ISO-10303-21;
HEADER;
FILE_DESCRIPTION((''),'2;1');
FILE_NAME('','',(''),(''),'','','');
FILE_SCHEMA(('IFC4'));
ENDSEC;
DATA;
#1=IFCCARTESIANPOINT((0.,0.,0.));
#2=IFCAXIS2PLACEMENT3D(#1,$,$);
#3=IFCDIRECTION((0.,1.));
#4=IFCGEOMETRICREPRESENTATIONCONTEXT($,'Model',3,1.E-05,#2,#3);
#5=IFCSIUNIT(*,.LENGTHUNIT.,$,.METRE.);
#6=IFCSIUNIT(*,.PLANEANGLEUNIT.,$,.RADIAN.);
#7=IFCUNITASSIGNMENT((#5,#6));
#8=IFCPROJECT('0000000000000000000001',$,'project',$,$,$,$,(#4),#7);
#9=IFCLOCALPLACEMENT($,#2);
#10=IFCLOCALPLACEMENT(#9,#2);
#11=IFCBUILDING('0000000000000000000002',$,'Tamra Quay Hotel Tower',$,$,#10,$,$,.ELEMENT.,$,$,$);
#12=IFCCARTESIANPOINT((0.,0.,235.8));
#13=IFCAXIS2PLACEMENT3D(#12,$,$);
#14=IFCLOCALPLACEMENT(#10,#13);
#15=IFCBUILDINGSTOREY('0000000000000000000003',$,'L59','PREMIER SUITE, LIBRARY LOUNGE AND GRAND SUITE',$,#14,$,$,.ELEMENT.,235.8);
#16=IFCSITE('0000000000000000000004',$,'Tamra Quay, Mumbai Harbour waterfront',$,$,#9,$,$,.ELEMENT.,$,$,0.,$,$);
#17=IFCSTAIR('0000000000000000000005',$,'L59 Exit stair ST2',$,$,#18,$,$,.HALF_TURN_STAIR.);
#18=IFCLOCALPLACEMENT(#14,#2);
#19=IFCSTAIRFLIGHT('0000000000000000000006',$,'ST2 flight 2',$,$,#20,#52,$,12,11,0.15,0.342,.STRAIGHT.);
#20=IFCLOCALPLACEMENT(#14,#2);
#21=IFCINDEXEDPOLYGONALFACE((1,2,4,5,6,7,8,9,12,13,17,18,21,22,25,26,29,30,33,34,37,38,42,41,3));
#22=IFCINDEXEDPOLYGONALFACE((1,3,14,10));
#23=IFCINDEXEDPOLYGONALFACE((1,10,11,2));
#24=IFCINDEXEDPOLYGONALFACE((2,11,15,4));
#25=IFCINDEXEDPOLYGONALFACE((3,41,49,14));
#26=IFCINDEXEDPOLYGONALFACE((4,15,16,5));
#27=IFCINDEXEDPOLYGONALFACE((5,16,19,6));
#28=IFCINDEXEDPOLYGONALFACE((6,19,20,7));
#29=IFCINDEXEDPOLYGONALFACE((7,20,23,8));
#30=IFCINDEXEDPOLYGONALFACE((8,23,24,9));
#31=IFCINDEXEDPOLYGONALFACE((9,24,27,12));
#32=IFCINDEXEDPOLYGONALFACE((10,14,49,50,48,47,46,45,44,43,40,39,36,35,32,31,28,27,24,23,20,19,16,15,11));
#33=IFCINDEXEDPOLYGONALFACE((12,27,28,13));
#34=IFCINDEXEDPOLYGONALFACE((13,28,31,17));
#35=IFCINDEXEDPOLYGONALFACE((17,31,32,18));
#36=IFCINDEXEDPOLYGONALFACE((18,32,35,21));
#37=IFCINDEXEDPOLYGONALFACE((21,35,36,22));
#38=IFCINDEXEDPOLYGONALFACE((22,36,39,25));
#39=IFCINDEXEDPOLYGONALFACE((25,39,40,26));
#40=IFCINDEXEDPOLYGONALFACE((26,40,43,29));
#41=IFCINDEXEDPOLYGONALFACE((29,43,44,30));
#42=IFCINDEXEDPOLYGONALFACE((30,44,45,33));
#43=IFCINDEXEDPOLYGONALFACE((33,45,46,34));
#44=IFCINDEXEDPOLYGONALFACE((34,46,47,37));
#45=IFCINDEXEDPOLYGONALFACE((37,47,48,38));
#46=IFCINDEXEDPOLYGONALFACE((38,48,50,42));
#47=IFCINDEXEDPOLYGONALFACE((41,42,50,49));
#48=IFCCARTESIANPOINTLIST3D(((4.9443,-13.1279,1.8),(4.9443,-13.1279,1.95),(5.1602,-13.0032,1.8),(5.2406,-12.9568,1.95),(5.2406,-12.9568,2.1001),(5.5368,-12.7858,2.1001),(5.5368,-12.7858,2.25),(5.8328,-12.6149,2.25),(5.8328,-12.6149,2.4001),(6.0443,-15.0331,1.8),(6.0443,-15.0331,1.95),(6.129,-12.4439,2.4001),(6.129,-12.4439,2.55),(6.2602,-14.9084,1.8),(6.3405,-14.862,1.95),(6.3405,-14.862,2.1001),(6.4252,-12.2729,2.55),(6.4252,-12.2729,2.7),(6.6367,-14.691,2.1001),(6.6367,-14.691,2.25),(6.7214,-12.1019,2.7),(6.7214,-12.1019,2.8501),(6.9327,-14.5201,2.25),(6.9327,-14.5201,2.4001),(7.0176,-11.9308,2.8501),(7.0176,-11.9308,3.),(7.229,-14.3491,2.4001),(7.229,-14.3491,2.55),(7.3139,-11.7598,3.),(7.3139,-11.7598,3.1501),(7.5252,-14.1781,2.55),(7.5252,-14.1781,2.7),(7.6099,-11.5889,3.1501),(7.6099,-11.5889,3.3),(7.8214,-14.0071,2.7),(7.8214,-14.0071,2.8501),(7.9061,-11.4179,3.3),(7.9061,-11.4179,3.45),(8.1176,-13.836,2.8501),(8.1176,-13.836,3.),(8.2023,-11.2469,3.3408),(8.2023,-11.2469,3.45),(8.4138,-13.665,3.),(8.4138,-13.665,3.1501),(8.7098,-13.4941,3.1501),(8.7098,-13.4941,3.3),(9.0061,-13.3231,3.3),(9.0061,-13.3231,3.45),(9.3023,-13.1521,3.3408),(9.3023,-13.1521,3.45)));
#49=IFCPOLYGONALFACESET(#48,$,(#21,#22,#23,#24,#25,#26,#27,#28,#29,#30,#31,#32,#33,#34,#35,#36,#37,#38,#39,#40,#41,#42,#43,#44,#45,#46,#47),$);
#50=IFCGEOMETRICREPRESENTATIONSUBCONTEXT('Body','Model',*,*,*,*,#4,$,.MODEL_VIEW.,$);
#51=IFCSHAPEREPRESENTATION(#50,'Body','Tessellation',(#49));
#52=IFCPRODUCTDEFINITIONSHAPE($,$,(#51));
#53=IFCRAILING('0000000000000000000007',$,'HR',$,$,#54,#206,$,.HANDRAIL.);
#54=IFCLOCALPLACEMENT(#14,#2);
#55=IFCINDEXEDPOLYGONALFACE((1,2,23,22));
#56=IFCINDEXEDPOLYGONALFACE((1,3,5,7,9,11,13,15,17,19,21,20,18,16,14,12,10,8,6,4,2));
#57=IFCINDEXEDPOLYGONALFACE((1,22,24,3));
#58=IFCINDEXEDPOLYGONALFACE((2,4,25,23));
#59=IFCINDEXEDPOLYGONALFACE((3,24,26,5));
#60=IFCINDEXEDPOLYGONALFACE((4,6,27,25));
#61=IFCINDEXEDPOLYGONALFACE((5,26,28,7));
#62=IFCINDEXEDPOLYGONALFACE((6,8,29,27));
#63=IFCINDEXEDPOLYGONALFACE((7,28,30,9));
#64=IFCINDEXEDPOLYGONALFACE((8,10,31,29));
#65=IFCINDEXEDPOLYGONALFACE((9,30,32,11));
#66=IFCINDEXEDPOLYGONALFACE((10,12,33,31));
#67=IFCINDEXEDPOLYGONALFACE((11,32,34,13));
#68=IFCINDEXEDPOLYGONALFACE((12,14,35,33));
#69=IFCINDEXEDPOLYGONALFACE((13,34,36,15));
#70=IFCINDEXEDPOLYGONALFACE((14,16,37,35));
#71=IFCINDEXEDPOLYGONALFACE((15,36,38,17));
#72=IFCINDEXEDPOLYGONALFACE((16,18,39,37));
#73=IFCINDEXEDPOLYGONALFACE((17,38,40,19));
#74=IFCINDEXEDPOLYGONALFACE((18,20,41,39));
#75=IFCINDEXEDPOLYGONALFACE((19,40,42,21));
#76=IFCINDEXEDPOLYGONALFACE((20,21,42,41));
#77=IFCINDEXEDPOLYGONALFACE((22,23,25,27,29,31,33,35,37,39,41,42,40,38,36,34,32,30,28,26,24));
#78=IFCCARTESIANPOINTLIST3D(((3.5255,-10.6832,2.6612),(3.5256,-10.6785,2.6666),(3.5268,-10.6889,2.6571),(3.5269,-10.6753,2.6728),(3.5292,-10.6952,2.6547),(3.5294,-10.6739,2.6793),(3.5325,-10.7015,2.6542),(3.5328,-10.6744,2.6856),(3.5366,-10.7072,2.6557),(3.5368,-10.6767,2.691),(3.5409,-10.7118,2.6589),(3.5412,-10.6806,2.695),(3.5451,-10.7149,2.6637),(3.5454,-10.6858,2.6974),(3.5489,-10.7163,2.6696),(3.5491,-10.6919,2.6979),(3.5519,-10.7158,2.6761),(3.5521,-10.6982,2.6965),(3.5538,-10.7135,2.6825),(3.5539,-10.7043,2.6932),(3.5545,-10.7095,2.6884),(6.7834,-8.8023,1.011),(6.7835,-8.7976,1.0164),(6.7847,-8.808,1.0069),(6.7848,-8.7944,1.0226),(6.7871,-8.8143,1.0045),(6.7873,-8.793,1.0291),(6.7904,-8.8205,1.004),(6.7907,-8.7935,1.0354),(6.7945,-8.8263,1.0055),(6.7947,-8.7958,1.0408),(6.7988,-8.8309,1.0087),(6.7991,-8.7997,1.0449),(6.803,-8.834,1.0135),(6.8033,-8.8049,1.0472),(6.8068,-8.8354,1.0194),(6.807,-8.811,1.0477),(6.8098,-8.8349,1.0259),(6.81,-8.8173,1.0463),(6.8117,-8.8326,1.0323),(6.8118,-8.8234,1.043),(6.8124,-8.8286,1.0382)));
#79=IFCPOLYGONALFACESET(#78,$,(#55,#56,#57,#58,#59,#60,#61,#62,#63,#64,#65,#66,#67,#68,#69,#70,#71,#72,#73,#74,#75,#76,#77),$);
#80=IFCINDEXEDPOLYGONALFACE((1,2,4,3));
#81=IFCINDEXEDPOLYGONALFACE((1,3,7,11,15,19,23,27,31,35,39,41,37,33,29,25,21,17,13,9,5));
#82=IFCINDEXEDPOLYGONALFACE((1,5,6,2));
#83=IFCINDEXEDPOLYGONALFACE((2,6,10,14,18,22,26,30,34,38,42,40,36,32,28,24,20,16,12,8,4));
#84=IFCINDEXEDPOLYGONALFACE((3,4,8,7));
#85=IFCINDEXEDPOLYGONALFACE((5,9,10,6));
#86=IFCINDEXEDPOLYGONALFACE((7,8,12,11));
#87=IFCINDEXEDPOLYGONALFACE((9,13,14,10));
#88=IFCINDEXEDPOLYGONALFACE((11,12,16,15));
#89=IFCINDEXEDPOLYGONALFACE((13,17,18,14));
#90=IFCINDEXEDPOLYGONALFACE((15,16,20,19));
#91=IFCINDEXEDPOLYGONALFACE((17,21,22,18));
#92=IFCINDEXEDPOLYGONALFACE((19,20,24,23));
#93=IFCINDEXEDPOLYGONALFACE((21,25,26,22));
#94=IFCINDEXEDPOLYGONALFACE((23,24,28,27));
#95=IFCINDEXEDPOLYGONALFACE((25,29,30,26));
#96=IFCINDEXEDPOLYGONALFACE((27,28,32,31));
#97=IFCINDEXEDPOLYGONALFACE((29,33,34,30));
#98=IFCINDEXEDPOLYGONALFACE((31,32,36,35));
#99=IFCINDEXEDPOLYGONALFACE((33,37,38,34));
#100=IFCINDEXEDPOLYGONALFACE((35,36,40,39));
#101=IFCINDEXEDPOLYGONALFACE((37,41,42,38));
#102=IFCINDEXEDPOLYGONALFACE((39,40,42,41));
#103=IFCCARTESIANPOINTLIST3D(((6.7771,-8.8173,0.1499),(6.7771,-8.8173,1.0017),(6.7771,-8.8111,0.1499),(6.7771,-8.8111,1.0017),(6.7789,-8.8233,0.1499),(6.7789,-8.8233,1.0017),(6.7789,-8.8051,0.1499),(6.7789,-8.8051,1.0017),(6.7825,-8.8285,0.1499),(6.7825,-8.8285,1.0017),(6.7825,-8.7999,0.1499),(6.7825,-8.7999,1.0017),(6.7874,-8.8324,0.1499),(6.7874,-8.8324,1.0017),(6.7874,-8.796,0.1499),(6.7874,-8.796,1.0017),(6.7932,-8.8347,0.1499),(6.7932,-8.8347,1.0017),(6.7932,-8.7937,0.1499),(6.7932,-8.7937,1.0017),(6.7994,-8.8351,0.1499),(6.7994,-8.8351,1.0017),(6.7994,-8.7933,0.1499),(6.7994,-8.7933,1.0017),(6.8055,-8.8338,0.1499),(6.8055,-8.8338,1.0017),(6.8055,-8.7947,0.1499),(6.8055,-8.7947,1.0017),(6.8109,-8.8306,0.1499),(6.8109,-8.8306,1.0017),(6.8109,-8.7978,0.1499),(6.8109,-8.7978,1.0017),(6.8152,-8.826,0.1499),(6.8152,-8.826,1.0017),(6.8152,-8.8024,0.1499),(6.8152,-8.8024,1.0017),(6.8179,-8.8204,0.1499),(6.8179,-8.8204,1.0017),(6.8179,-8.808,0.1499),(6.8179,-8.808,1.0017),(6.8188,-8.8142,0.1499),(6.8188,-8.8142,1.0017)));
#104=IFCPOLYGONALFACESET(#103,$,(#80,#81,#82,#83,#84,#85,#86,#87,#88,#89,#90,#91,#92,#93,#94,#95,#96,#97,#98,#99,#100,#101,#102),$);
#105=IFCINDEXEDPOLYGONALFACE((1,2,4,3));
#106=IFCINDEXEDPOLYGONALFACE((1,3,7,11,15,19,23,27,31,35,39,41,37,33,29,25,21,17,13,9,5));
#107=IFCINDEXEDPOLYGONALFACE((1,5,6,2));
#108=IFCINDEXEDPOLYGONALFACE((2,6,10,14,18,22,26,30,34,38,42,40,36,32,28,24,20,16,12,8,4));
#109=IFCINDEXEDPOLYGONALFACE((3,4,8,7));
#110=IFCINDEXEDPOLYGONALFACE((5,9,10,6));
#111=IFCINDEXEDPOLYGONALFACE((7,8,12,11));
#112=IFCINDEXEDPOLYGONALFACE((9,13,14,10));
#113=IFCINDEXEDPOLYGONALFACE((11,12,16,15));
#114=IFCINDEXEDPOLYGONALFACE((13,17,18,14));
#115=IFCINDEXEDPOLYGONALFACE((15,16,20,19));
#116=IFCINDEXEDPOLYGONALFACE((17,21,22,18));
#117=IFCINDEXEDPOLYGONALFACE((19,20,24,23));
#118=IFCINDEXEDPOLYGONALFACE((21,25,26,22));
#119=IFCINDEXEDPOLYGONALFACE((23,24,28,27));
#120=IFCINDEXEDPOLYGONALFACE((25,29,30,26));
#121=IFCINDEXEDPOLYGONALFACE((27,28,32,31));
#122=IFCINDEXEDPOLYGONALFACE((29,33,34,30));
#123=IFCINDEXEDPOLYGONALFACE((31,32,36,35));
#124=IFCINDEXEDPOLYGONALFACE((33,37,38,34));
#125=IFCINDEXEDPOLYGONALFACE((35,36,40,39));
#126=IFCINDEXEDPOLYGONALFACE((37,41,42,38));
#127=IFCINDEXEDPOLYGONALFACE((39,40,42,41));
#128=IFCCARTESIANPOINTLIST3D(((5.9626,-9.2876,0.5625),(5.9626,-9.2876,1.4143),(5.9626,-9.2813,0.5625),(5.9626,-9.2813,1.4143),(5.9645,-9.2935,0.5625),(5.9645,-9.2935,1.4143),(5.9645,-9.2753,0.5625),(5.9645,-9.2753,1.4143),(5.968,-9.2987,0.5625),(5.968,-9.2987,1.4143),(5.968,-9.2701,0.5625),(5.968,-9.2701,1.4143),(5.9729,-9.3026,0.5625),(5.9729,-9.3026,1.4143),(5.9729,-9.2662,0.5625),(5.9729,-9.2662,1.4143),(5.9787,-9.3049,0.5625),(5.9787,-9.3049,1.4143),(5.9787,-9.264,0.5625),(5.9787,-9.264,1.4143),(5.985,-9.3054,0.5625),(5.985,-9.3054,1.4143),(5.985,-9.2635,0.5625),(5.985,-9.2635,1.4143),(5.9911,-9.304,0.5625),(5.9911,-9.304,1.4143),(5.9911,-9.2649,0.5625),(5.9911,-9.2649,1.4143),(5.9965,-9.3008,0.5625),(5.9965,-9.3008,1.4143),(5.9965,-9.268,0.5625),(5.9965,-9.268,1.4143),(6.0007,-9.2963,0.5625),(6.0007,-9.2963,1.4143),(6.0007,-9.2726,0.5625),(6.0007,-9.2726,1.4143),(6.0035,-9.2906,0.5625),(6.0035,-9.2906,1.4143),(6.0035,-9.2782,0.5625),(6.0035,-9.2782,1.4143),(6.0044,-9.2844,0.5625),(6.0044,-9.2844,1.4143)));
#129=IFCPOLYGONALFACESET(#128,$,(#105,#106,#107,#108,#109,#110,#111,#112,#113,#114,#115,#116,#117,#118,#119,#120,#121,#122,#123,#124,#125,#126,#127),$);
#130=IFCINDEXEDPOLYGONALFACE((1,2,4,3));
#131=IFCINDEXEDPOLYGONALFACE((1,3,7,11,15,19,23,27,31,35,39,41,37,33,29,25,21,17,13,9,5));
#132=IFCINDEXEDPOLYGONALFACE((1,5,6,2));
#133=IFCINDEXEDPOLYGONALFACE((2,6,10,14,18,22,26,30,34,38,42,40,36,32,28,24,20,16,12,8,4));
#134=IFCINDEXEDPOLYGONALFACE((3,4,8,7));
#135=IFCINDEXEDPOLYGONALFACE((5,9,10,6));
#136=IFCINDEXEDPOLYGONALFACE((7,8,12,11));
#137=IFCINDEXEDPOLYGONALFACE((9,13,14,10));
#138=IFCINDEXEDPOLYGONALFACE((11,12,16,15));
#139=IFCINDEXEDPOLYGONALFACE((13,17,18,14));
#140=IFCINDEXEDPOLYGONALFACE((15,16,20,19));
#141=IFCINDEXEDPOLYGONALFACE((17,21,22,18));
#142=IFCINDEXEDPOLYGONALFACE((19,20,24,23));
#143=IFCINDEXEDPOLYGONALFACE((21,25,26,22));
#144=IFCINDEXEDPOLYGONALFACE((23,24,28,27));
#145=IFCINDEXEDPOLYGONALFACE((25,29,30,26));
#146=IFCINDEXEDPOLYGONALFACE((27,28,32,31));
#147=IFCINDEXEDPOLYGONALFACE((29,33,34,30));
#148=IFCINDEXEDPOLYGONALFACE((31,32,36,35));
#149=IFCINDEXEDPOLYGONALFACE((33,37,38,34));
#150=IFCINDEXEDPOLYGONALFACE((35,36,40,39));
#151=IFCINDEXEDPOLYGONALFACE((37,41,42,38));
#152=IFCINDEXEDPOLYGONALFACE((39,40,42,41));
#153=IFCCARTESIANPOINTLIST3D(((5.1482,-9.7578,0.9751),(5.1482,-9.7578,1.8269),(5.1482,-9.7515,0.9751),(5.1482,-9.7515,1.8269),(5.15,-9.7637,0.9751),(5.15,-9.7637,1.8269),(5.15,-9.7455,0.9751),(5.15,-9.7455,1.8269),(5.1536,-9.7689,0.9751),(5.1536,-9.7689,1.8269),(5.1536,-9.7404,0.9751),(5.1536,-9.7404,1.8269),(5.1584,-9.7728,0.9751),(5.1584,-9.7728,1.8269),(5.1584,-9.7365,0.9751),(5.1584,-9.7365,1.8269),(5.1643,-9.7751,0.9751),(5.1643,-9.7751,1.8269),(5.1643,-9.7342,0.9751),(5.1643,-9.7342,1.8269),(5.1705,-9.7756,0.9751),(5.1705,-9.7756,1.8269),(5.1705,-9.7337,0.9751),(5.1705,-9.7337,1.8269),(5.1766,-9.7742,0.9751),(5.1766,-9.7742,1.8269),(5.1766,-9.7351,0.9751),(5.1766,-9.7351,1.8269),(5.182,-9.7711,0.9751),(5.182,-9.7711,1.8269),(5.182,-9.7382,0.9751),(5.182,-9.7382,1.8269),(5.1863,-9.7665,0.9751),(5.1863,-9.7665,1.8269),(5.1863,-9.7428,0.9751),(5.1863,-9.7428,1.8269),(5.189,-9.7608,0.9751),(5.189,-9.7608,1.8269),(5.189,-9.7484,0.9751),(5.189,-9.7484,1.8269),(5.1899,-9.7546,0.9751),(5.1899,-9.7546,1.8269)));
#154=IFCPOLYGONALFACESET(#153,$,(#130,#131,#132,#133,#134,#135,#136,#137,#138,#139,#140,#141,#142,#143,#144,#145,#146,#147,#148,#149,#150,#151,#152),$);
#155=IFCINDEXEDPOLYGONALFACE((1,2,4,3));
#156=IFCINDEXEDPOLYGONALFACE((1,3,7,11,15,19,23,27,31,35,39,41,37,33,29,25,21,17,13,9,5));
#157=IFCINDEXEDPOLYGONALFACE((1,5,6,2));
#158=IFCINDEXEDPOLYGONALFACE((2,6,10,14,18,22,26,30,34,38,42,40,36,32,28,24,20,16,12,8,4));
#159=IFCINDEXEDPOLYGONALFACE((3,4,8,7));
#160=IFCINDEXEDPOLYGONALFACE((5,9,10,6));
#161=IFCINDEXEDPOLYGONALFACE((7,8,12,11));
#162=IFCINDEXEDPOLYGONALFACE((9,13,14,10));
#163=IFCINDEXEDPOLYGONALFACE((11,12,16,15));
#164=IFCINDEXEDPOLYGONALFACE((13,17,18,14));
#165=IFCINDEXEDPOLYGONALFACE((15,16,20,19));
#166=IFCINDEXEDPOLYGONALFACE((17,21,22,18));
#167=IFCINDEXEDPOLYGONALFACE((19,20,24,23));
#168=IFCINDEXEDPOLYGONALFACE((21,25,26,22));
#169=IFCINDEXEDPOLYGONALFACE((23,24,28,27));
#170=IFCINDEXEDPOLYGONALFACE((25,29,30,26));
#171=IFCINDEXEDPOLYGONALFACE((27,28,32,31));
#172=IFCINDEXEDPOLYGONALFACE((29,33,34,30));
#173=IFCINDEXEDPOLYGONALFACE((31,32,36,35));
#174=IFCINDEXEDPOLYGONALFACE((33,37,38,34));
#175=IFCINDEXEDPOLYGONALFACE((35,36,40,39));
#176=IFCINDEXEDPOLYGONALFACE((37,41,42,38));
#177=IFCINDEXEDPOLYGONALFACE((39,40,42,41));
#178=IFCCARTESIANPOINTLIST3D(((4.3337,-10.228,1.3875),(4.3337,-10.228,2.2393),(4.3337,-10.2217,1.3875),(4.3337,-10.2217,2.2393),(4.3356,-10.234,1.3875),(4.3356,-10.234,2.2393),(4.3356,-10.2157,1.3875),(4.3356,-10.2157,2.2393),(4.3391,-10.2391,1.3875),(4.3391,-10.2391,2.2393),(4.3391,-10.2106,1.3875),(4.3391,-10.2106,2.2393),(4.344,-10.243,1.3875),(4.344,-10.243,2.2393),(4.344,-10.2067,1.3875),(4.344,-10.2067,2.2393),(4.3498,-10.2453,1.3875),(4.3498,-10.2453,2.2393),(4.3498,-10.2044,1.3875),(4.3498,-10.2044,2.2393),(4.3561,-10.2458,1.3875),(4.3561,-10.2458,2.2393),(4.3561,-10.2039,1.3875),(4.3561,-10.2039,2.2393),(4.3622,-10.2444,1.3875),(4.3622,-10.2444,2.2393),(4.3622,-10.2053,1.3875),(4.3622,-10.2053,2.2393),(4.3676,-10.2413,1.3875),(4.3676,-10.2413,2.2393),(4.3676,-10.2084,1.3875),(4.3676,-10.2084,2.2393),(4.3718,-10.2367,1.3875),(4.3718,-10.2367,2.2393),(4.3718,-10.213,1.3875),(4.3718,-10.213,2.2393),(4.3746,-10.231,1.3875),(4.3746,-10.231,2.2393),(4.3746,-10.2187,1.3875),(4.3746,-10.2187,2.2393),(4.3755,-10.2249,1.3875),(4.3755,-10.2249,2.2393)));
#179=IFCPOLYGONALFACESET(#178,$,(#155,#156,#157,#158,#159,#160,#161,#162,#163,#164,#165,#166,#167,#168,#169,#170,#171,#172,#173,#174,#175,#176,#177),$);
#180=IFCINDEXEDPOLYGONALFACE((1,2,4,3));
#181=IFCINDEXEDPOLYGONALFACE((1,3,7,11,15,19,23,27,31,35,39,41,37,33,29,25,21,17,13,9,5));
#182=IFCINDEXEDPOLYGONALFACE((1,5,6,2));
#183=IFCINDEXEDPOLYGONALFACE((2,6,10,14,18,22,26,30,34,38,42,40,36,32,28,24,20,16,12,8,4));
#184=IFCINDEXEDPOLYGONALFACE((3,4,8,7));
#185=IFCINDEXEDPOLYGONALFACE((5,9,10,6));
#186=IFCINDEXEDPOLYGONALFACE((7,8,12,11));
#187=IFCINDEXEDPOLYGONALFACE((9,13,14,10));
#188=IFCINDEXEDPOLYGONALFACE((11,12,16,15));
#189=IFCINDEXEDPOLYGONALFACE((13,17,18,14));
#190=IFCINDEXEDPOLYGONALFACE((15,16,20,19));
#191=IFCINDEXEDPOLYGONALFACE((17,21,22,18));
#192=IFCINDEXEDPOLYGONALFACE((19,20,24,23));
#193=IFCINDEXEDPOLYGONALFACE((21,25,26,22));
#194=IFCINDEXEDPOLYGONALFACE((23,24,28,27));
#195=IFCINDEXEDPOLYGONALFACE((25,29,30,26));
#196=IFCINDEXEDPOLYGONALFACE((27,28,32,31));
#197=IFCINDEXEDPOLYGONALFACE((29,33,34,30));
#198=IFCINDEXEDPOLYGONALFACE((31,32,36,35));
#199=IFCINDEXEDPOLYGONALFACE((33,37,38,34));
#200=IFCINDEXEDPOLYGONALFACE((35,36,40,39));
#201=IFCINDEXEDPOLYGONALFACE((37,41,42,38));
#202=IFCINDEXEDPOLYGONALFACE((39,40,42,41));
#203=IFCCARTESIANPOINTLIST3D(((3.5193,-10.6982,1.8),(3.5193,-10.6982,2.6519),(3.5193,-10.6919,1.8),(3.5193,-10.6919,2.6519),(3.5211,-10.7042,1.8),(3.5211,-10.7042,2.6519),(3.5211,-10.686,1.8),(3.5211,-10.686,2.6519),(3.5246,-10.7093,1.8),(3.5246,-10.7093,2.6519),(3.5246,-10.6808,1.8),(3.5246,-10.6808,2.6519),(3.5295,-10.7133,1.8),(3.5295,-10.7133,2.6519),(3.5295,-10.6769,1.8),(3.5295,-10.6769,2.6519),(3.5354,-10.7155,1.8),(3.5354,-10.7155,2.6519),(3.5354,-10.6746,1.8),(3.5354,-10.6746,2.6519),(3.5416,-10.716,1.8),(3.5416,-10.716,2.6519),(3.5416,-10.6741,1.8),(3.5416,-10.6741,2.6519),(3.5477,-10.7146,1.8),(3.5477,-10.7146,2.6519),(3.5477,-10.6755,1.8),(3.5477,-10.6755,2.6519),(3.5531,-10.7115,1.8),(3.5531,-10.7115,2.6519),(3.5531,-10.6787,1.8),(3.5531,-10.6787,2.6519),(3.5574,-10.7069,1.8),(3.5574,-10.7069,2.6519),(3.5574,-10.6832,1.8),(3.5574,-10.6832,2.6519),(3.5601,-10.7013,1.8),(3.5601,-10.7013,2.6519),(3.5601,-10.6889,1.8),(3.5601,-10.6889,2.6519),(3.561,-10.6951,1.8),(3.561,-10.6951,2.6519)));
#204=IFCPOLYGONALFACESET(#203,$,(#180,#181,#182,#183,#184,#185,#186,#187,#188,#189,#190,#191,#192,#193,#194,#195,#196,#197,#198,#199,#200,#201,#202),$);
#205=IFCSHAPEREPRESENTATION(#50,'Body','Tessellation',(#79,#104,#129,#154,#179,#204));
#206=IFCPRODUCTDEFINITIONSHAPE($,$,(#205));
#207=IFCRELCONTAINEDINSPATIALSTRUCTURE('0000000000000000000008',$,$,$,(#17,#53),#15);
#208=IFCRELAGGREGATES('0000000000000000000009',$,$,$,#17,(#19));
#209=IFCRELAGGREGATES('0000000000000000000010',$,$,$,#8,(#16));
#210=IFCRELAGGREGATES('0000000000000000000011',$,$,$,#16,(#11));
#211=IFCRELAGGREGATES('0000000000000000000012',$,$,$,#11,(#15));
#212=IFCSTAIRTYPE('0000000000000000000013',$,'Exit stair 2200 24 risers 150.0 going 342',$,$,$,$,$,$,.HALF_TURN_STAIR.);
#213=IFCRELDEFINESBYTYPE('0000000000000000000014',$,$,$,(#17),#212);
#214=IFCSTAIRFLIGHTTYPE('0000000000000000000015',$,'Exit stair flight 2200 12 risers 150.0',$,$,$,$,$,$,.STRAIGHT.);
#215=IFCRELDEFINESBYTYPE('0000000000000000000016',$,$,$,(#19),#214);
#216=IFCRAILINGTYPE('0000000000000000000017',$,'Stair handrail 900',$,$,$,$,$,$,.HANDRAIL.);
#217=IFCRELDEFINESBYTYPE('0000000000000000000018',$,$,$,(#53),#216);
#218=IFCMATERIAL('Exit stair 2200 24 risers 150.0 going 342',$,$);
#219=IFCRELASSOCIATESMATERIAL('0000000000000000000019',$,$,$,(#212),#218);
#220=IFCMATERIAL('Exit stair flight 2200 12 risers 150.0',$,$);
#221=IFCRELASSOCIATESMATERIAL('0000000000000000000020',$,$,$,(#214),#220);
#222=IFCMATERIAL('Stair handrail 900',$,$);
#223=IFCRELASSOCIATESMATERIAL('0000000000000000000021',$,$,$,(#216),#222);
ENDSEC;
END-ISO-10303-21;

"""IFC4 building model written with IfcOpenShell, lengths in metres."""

from ifc_helpers import new_model, si_unit, direction, frame, origin, origin_2d, place, context, subcontext, project, spatial, polyline, circle, outline, extrude, material, type_object, element, aggregate, save


model = new_model("IFC4")

# Units and contexts
model_context = context("Model", 3, precision=1e-05, world=origin(), true_north=direction((0.0, 1.0)))
body_context = subcontext(model_context, "Body", "Model", "MODEL_VIEW")
ifc_project = project(units=[si_unit("LENGTHUNIT", "METRE"), si_unit("PLANEANGLEUNIT", "RADIAN")], contexts=[model_context])

# Site, building, storey
site_placement = place(None, origin())
site = spatial("IfcSite", under=ifc_project, at=site_placement, Name="Tamra Quay, Mumbai Harbour waterfront", CompositionType="ELEMENT", RefElevation=0.0)
building_placement = place(site_placement, origin())
building = spatial("IfcBuilding", under=site, at=building_placement, Name="Tamra Quay Hotel Tower", CompositionType="ELEMENT")
storey_placement = place(building_placement, frame((0.0, 0.0, 235.8)))
storey = spatial("IfcBuildingStorey", under=building, at=storey_placement, Name="L59", Description="PREMIER SUITE, LIBRARY LOUNGE AND GRAND SUITE", CompositionType="ELEMENT", Elevation=235.8)

# Stair, stair flight
ifc_material_1 = material(Name="Exit stair 2200 24 risers 150.0 going 342")
stair_type = type_object("IfcStairType", Name="Exit stair 2200 24 risers 150.0 going 342", PredefinedType="HALF_TURN_STAIR", material=ifc_material_1)
stair_placement = place(storey_placement, origin())
stair = element("IfcStair", 1, at=stair_placement, inside=storey, type_object=stair_type, Name="L59 Exit stair ST2", PredefinedType="HALF_TURN_STAIR")
ifc_material_2 = material(Name="Exit stair flight 2200 12 risers 150.0")
stair_flight_type = type_object("IfcStairFlightType", Name="Exit stair flight 2200 12 risers 150.0", PredefinedType="STRAIGHT", material=ifc_material_2)
stair_flight_1_placement = place(storey_placement, frame((5.4944, -14.0806, 1.8), z_axis=(0.0, 0.0, 1.0), x_axis=(0.866025, 0.5, 0.0)))
stair_flight_1 = element("IfcStairFlight", 2, at=stair_flight_1_placement, type_object=stair_flight_type, Name="ST2 flight 2", NumberOfRisers=12, NumberOfTreads=11, PredefinedType="STRAIGHT", RiserHeight=0.15, TreadLength=0.342, context=body_context, shape_type="SweptSolid", body=[
    extrude(outline(polyline([(0.0, 0.0), (0.0, 0.1499), (0.342, 0.1499), (0.342, 0.3), (0.6841, 0.3), (0.6841, 0.45), (1.0259, 0.45), (1.0259, 0.6001), (1.3679, 0.6001), (1.3679, 0.75), (1.71, 0.75), (1.71, 0.8999), (2.052, 0.8999), (2.052, 1.05), (2.394, 1.05), (2.394, 1.2), (2.7361, 1.2), (2.7361, 1.3501), (3.0779, 1.3501), (3.0779, 1.5), (3.4199, 1.5), (3.4199, 1.6499), (3.762, 1.6499), (3.762, 1.8), (3.762, 1.5408), (0.2493, 0.0), (0.0, 0.0)])), frame((0.0, 1.1001, 0.0), z_axis=(0.0, -1.0, 0.0), x_axis=(1.0, 0.0, 0.0)), (0.0, 0.0, 1.0), 2.2),
])
aggregate(stair, [stair_flight_1])

# Railing
ifc_material_3 = material(Name="Stair handrail 900")
railing_type_1 = type_object("IfcRailingType", Name="Stair handrail 900", PredefinedType="HANDRAIL", material=ifc_material_3)
railing_1_placement = place(storey_placement, frame((6.7979, -8.8142, 0.1499)))
element("IfcRailing", 3, at=railing_1_placement, inside=storey, type_object=railing_type_1, Name="HR", PredefinedType="HANDRAIL", context=body_context, shape_type="SweptSolid", body=[
    extrude(circle(Radius=0.0239, at=origin_2d()), frame((0.0, 0.0, 0.876), z_axis=(-0.793081, -0.457876, 0.401711), x_axis=(0.499992, -0.86603, 0.0)), (0.0, 0.0, 1.0), 4.1079),
    extrude(circle(Radius=0.021, at=origin_2d()), origin(), (0.0, 0.0, 1.0), 0.8518),
    extrude(circle(Radius=0.021, at=origin_2d()), frame((-0.8145, -0.4702, 0.4126)), (0.0, 0.0, 1.0), 0.8518),
    extrude(circle(Radius=0.021, at=origin_2d()), frame((-1.6289, -0.9404, 0.8252)), (0.0, 0.0, 1.0), 0.8518),
    extrude(circle(Radius=0.021, at=origin_2d()), frame((-2.4434, -1.4106, 1.2375)), (0.0, 0.0, 1.0), 0.8518),
    extrude(circle(Radius=0.021, at=origin_2d()), frame((-3.2578, -1.8809, 1.6501)), (0.0, 0.0, 1.0), 0.8518),
])

save(model, "model.ifc")
